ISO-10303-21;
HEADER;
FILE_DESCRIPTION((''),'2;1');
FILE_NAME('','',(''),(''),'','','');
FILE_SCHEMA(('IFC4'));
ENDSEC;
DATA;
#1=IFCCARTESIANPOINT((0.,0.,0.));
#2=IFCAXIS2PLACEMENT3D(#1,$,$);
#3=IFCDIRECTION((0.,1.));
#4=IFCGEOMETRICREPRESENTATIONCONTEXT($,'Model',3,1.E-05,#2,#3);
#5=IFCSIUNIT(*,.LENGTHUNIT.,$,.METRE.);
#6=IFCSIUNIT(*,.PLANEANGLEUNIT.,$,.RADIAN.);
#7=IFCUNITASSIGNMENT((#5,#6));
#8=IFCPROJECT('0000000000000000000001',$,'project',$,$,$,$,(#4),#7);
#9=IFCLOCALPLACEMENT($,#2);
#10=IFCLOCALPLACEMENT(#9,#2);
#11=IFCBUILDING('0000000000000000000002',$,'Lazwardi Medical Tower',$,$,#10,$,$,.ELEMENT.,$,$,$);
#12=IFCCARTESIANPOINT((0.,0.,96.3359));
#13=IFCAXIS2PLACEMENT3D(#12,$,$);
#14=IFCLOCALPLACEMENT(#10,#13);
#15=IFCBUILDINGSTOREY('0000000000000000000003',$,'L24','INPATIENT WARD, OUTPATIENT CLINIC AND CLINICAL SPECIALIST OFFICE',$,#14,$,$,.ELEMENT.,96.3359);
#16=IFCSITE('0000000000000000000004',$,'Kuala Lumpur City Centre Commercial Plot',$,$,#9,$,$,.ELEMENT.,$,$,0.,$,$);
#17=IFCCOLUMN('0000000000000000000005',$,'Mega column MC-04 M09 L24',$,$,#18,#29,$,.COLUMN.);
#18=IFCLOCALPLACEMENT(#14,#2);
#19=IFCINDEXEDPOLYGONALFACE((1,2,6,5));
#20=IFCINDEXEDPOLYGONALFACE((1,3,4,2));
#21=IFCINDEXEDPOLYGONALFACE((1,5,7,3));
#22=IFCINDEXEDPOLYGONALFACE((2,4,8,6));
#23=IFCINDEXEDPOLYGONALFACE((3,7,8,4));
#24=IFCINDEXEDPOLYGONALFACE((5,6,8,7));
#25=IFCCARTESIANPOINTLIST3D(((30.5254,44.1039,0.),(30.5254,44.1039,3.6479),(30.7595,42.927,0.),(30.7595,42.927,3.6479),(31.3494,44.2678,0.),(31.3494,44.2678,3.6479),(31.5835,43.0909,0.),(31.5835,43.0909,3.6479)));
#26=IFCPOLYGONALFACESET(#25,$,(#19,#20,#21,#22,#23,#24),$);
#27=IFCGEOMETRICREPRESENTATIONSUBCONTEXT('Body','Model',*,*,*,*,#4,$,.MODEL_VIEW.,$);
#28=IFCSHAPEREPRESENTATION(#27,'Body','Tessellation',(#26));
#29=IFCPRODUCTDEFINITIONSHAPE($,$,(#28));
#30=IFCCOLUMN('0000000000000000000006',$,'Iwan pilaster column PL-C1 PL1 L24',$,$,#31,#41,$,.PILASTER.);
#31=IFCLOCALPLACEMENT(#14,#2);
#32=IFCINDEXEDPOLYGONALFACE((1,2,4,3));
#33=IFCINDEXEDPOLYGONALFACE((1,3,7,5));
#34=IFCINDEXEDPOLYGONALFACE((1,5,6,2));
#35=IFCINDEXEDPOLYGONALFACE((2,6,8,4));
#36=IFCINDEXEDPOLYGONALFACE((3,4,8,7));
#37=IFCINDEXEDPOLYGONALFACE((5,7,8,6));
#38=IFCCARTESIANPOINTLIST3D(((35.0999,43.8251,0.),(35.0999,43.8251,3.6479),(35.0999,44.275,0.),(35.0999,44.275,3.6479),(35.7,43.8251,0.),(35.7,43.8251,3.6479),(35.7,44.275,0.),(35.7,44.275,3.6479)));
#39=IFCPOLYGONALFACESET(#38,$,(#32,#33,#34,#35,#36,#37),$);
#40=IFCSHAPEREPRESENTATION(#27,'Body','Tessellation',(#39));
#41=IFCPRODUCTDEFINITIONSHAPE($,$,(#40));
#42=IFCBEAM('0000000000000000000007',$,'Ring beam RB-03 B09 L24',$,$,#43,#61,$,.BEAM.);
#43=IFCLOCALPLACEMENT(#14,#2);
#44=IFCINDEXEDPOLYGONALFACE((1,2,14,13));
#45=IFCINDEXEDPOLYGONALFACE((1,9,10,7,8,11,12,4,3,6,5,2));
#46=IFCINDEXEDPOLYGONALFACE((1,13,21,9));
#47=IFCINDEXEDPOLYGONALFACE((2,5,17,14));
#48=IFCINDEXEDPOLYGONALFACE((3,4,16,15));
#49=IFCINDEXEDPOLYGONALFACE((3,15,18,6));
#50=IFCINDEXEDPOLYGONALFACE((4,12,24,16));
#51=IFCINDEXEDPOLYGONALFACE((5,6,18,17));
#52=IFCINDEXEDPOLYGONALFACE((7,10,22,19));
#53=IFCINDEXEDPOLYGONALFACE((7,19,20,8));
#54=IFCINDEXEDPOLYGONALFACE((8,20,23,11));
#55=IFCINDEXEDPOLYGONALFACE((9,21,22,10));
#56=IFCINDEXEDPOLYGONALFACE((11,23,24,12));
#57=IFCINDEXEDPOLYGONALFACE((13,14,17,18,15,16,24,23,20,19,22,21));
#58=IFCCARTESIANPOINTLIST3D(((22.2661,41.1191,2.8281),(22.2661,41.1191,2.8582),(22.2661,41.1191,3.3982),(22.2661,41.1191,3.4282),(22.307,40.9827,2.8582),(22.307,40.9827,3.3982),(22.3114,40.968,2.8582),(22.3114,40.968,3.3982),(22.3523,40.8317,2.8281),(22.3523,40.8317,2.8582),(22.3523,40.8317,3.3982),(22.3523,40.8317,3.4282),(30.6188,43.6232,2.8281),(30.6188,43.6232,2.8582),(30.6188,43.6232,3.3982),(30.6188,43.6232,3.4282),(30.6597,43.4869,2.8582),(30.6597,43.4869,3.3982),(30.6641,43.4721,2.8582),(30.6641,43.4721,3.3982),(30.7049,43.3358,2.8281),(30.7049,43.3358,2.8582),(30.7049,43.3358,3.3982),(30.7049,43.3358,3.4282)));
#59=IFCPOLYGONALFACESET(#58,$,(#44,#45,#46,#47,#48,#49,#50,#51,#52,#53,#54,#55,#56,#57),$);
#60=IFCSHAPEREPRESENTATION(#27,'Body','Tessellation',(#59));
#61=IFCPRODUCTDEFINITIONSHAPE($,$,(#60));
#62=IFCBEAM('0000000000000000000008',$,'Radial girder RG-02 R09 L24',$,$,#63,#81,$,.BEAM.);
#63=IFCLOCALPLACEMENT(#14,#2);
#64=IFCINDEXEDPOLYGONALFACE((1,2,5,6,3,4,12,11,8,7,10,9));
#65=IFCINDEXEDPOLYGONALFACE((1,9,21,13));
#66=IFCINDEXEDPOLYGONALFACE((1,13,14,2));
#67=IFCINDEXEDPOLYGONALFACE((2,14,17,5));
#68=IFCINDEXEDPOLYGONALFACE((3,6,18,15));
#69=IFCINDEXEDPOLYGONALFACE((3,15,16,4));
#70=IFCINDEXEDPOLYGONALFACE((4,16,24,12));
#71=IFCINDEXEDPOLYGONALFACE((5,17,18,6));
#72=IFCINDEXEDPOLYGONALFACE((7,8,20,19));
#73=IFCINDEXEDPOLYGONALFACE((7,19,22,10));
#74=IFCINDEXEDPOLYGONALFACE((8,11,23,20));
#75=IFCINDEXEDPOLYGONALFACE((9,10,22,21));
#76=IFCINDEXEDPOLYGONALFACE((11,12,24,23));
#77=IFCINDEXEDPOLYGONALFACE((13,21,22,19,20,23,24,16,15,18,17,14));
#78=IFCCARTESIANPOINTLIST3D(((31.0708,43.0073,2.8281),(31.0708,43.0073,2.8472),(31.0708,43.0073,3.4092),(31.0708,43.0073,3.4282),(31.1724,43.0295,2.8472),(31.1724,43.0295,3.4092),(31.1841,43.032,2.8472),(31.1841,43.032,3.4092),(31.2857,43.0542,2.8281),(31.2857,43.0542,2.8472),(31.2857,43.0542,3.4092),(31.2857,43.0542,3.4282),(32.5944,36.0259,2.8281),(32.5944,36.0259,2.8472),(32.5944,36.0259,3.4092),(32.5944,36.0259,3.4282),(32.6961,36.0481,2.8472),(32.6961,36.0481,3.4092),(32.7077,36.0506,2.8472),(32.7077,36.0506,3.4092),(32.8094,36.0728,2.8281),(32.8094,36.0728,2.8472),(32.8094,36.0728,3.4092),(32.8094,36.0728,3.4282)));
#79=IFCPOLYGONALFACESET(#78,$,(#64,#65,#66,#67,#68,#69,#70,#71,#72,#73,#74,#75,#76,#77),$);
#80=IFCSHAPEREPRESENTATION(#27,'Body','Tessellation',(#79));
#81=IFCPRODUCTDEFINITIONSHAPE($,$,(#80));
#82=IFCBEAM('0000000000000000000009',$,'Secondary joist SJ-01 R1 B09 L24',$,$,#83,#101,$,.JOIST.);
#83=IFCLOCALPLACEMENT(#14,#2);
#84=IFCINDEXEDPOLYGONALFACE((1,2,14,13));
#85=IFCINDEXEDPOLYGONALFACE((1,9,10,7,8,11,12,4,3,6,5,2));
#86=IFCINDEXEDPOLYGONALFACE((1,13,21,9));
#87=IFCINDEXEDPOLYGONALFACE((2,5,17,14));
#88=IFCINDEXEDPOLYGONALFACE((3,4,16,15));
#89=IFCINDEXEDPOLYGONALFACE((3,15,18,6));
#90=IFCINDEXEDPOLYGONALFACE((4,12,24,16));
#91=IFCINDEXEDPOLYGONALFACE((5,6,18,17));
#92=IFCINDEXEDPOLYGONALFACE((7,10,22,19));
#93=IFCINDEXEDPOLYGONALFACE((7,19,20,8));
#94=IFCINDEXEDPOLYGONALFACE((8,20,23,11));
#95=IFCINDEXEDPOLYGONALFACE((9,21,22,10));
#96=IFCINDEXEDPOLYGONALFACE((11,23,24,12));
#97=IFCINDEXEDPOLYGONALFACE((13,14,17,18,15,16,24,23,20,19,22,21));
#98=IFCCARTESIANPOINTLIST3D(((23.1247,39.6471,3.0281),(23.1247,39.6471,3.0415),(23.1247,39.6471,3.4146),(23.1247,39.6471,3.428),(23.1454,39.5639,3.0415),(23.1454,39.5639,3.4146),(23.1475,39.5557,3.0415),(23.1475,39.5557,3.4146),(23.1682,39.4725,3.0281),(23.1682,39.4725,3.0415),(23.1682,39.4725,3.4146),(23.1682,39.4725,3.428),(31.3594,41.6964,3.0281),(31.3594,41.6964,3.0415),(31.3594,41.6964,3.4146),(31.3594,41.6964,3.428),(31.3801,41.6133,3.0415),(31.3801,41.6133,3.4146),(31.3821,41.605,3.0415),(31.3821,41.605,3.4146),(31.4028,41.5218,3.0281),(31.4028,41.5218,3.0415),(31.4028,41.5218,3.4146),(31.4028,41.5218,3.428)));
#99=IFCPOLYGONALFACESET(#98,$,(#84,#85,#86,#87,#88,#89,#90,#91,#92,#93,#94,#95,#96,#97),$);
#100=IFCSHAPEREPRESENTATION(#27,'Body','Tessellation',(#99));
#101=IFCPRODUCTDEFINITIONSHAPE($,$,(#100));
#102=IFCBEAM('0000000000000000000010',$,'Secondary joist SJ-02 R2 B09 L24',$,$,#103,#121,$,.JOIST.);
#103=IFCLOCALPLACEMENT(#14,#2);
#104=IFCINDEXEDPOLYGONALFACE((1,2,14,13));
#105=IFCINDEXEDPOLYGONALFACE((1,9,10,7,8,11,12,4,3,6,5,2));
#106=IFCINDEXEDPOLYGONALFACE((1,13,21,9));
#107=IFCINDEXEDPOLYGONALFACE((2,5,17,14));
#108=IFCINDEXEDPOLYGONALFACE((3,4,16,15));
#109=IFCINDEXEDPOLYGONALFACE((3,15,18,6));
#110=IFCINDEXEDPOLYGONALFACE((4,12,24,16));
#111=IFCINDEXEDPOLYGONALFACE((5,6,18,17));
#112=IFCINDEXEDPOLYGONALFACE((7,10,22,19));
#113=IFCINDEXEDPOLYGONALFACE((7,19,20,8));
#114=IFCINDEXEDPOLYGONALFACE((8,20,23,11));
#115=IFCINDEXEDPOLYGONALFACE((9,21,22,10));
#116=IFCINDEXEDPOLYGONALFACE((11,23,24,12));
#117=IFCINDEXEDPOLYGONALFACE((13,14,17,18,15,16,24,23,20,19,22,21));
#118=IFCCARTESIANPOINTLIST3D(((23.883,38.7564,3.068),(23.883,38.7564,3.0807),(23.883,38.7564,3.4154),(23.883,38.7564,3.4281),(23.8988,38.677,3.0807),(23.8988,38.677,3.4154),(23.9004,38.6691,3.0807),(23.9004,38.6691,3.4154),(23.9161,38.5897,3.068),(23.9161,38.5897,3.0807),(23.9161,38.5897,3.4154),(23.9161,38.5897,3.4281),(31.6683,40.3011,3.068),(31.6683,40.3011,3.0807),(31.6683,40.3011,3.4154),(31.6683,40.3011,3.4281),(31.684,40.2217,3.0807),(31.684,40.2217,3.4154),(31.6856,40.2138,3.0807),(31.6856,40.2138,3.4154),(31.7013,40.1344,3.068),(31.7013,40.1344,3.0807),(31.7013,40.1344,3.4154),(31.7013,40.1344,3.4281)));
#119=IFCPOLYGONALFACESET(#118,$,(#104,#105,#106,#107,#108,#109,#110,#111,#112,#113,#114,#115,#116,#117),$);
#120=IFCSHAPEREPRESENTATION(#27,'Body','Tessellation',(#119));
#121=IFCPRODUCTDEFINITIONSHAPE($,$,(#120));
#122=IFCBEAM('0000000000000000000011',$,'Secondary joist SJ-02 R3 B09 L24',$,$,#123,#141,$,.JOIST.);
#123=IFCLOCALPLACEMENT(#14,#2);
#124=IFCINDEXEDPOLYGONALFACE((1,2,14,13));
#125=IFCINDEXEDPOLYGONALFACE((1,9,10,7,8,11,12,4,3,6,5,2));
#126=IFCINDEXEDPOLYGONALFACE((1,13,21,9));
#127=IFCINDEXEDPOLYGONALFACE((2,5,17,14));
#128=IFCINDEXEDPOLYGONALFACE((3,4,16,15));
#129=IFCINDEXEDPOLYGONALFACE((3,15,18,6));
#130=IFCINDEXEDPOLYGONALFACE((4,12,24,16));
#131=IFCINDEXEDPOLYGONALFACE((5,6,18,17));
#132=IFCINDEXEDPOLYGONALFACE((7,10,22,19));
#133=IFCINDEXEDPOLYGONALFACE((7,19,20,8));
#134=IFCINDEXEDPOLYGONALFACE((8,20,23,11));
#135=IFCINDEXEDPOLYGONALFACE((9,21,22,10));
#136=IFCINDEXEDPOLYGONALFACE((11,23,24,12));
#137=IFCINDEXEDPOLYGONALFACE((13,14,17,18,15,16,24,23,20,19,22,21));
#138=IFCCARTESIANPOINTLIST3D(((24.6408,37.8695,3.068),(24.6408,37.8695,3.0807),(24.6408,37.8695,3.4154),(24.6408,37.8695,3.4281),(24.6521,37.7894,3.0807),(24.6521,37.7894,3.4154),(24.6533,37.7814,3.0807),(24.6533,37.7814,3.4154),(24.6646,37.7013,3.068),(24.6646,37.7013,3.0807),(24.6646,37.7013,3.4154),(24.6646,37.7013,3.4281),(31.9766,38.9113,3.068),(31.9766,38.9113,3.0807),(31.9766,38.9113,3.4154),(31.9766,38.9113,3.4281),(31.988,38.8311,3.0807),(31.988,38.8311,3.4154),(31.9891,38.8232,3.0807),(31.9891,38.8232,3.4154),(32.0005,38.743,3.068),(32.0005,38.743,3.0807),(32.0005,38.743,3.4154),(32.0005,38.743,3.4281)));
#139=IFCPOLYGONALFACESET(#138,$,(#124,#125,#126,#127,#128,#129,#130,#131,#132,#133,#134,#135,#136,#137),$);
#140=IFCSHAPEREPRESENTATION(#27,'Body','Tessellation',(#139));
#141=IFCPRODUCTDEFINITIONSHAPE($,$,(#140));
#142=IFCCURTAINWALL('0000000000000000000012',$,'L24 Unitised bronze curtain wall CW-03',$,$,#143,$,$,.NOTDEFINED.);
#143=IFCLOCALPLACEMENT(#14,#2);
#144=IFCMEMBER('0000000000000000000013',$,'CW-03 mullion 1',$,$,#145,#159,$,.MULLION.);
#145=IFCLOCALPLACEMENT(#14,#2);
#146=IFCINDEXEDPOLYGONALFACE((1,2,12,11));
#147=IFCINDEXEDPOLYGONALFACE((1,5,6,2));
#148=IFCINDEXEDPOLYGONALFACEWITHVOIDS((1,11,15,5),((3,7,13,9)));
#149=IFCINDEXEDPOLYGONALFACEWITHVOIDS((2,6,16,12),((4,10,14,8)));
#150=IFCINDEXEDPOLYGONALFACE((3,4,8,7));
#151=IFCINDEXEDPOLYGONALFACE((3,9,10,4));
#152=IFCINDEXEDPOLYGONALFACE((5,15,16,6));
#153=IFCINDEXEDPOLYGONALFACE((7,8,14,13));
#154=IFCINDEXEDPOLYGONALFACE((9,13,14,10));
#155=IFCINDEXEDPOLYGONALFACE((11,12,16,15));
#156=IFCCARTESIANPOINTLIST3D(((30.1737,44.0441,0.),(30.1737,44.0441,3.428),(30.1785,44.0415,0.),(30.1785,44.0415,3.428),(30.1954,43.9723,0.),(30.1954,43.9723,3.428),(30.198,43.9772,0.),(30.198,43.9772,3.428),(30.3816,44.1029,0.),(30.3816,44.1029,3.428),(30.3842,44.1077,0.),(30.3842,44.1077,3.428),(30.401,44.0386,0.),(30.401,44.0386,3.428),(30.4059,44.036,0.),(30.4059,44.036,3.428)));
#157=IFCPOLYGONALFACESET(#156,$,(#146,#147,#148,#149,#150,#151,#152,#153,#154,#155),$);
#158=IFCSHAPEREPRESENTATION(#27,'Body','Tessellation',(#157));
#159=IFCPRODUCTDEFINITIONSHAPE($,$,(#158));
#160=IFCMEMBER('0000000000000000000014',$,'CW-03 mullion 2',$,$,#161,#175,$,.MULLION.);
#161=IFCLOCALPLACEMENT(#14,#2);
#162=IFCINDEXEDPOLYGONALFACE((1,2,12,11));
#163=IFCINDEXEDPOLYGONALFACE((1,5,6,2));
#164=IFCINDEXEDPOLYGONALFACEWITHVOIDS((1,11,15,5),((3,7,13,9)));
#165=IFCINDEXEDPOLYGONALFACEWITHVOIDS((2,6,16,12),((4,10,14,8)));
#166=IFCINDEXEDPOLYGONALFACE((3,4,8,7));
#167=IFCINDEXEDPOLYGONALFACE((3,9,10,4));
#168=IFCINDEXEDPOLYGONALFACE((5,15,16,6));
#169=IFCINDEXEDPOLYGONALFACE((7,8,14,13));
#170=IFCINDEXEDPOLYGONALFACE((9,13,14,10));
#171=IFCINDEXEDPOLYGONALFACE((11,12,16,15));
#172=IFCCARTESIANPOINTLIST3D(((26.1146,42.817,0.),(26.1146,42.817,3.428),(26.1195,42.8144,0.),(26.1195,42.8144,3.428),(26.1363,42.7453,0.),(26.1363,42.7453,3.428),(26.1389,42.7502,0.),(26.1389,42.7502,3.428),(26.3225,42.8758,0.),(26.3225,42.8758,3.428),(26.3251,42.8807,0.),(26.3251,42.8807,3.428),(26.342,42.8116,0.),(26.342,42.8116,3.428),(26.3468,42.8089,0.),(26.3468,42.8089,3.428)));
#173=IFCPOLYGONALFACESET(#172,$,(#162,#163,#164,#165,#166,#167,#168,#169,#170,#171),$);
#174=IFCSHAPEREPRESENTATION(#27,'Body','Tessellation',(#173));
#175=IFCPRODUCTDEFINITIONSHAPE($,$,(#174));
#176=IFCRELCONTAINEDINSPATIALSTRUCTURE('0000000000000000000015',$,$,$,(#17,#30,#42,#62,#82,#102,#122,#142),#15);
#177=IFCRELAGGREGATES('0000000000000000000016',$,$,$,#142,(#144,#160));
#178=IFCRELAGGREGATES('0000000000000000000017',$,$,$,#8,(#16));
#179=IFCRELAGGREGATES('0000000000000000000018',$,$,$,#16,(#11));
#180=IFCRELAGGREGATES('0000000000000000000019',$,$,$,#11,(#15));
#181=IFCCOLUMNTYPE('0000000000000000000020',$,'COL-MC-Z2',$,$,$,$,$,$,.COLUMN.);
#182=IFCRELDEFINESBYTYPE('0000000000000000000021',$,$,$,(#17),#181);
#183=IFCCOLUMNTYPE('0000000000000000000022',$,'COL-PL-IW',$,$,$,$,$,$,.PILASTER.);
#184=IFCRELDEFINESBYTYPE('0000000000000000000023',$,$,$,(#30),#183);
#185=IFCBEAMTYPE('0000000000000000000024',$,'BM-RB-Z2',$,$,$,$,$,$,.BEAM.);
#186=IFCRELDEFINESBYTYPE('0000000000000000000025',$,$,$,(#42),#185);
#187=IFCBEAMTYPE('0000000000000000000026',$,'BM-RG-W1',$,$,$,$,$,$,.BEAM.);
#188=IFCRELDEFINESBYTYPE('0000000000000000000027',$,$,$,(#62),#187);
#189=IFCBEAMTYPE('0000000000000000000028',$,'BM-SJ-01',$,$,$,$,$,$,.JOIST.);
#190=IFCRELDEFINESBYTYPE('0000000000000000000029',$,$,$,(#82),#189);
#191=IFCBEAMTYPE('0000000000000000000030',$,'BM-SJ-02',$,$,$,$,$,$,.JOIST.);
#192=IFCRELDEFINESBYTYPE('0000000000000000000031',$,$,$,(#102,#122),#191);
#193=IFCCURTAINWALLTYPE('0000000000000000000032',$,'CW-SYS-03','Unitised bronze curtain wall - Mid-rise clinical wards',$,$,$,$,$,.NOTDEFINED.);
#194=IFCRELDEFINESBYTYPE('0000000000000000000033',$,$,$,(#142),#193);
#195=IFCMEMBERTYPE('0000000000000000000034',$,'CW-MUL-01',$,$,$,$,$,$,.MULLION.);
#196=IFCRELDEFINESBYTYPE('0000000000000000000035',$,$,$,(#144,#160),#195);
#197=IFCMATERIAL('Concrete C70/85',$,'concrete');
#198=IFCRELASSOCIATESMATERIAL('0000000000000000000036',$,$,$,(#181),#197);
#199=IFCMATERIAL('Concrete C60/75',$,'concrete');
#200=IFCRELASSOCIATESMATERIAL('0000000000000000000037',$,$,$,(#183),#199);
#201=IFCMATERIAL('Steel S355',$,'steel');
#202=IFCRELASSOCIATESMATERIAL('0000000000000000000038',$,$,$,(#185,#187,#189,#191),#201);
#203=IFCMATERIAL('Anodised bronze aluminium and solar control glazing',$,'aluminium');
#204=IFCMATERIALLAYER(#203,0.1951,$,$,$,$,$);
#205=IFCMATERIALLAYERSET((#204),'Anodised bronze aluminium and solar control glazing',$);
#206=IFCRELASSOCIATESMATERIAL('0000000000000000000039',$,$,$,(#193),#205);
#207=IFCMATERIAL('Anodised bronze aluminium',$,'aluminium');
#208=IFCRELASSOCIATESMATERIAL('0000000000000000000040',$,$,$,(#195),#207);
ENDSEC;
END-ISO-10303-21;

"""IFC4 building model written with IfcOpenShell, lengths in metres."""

from ifc_helpers import new_model, si_unit, direction, frame, origin, origin_2d, place, context, subcontext, project, spatial, rectangle, hollow_rectangle, i_section, extrude, material, layer, layer_set, material_profile, profile_set, type_object, element, aggregate, save


model = new_model("IFC4")

# Units and contexts
model_context = context("Model", 3, precision=1e-05, world=origin(), true_north=direction((0.0, 1.0)))
body_context = subcontext(model_context, "Body", "Model", "MODEL_VIEW")
ifc_project = project(units=[si_unit("LENGTHUNIT", "METRE"), si_unit("PLANEANGLEUNIT", "RADIAN")], contexts=[model_context])

# Site, building, storey
site_placement = place(None, origin())
site = spatial("IfcSite", under=ifc_project, at=site_placement, Name="Kuala Lumpur City Centre Commercial Plot", CompositionType="ELEMENT", RefElevation=0.0)
building_placement = place(site_placement, origin())
building = spatial("IfcBuilding", under=site, at=building_placement, Name="Lazwardi Medical Tower", CompositionType="ELEMENT")
storey_placement = place(building_placement, frame((0.0, 0.0, 96.3359)))
storey = spatial("IfcBuildingStorey", under=building, at=storey_placement, Name="L24", Description="INPATIENT WARD, OUTPATIENT CLINIC AND CLINICAL SPECIALIST OFFICE", CompositionType="ELEMENT", Elevation=96.3359)

# Columns
ifc_material_1 = material(Name="Concrete C70/85", Category="concrete")
ifc_material_profile_1 = material_profile(ifc_material_1, rectangle(XDim=1.2, YDim=0.8401, at=origin_2d()), Name="CFT-RECT 1200x840")
ifc_profile_set_1 = profile_set([ifc_material_profile_1], Name="Concrete C70/85")
column_type_1 = type_object("IfcColumnType", Name="COL-MC-Z2", PredefinedType="COLUMN", material=ifc_profile_set_1)
column_1_placement = place(storey_placement, frame((31.0544, 43.5974, 0.0), z_axis=(0.0, 0.0, 1.0), x_axis=(-0.19509, 0.980785, 0.0)))
element("IfcColumn", 1, at=column_1_placement, inside=storey, type_object=column_type_1, Name="Mega column MC-04 M09 L24", PredefinedType="COLUMN", context=body_context, shape_type="SweptSolid", body=[
    extrude(rectangle(XDim=1.2, YDim=0.8401, at=origin_2d()), origin(), (0.0, 0.0, 1.0), 3.6479),
])
ifc_material_2 = material(Name="Concrete C60/75", Category="concrete")
ifc_material_profile_2 = material_profile(ifc_material_2, rectangle(XDim=0.6001, YDim=0.45, at=origin_2d()), Name="RC 600x450")
ifc_profile_set_2 = profile_set([ifc_material_profile_2], Name="Concrete C60/75")
column_type_2 = type_object("IfcColumnType", Name="COL-PL-IW", PredefinedType="PILASTER", material=ifc_profile_set_2)
column_2_placement = place(storey_placement, frame((35.3999, 44.05, 0.0), z_axis=(0.0, 0.0, 1.0), x_axis=(1.0, 0.0, 0.0)))
element("IfcColumn", 2, at=column_2_placement, inside=storey, type_object=column_type_2, Name="Iwan pilaster column PL-C1 PL1 L24", PredefinedType="PILASTER", context=body_context, shape_type="SweptSolid", body=[
    extrude(rectangle(XDim=0.6001, YDim=0.45, at=origin_2d()), origin(), (0.0, 0.0, 1.0), 3.6479),
])

# Beams
ifc_material_3 = material(Name="Steel S355", Category="steel")
ifc_material_profile_3 = material_profile(ifc_material_3, i_section(OverallWidth=0.3, OverallDepth=0.6001, WebThickness=0.0154, FlangeThickness=0.03, at=origin_2d()), Name="HEB 600")
ifc_profile_set_3 = profile_set([ifc_material_profile_3], Name="Steel S355")
beam_type_1 = type_object("IfcBeamType", Name="BM-RB-Z2", PredefinedType="BEAM", material=ifc_profile_set_3)
beam_1_placement = place(storey_placement, frame((30.6619, 43.4795, 3.1282), z_axis=(-0.957879, -0.287171, 0.0), x_axis=(0.287171, -0.957879, 0.0)))
element("IfcBeam", 3, at=beam_1_placement, inside=storey, type_object=beam_type_1, Name="Ring beam RB-03 B09 L24", PredefinedType="BEAM", context=body_context, shape_type="SweptSolid", body=[
    extrude(i_section(OverallWidth=0.3, OverallDepth=0.6001, WebThickness=0.0154, FlangeThickness=0.03, at=origin_2d()), origin(), (0.0, 0.0, 1.0), 8.72),
])
ifc_material_profile_4 = material_profile(ifc_material_3, i_section(OverallWidth=0.22, OverallDepth=0.6001, WebThickness=0.012, FlangeThickness=0.019, at=origin_2d()), Name="IPE 600")
ifc_profile_set_4 = profile_set([ifc_material_profile_4], Name="Steel S355")
beam_type_2 = type_object("IfcBeamType", Name="BM-RG-W1", PredefinedType="BEAM", material=ifc_profile_set_4)
beam_2_placement = place(storey_placement, frame((31.1782, 43.0308, 3.1282), z_axis=(0.213228, -0.977002, 0.0), x_axis=(0.977002, 0.213228, 0.0)))
element("IfcBeam", 4, at=beam_2_placement, inside=storey, type_object=beam_type_2, Name="Radial girder RG-02 R09 L24", PredefinedType="BEAM", context=body_context, shape_type="SweptSolid", body=[
    extrude(i_section(OverallWidth=0.22, OverallDepth=0.6001, WebThickness=0.012, FlangeThickness=0.019, at=origin_2d()), origin(), (0.0, 0.0, 1.0), 7.1458),
])
ifc_material_profile_5 = material_profile(ifc_material_3, i_section(OverallWidth=0.1799, OverallDepth=0.3999, WebThickness=0.0085, FlangeThickness=0.0134, at=origin_2d()), Name="IPE 400")
ifc_profile_set_5 = profile_set([ifc_material_profile_5], Name="Steel S355")
beam_type_3 = type_object("IfcBeamType", Name="BM-SJ-01", PredefinedType="JOIST", material=ifc_profile_set_5)
beam_3_placement = place(storey_placement, frame((31.3811, 41.6091, 3.228), z_axis=(-0.970401, -0.2415, 0.0), x_axis=(0.2415, -0.970401, 0.0)))
element("IfcBeam", 5, at=beam_3_placement, inside=storey, type_object=beam_type_3, Name="Secondary joist SJ-01 R1 B09 L24", PredefinedType="JOIST", context=body_context, shape_type="SweptSolid", body=[
    extrude(i_section(OverallWidth=0.1799, OverallDepth=0.3999, WebThickness=0.0085, FlangeThickness=0.0134, at=origin_2d()), origin(), (0.0, 0.0, 1.0), 8.4858),
])
ifc_material_profile_6 = material_profile(ifc_material_3, i_section(OverallWidth=0.1699, OverallDepth=0.3601, WebThickness=0.0081, FlangeThickness=0.0127, at=origin_2d()), Name="IPE 360")
ifc_profile_set_6 = profile_set([ifc_material_profile_6], Name="Steel S355")
beam_type_4 = type_object("IfcBeamType", Name="BM-SJ-02", PredefinedType="JOIST", material=ifc_profile_set_6)
beam_4_placement = place(storey_placement, frame((31.6848, 40.2178, 3.248), z_axis=(-0.980879, -0.194619, 0.0), x_axis=(0.194619, -0.980879, 0.0)))
element("IfcBeam", 6, at=beam_4_placement, inside=storey, type_object=beam_type_4, Name="Secondary joist SJ-02 R2 B09 L24", PredefinedType="JOIST", context=body_context, shape_type="SweptSolid", body=[
    extrude(i_section(OverallWidth=0.1699, OverallDepth=0.3601, WebThickness=0.0081, FlangeThickness=0.0127, at=origin_2d()), origin(), (0.0, 0.0, 1.0), 7.937),
])
beam_5_placement = place(storey_placement, frame((31.9885, 38.8271, 3.248), z_axis=(-0.990067, -0.140596, 0.0), x_axis=(0.140596, -0.990067, 0.0)))
element("IfcBeam", 7, at=beam_5_placement, inside=storey, type_object=beam_type_4, Name="Secondary joist SJ-02 R3 B09 L24", PredefinedType="JOIST", context=body_context, shape_type="SweptSolid", body=[
    extrude(i_section(OverallWidth=0.1699, OverallDepth=0.3601, WebThickness=0.0081, FlangeThickness=0.0127, at=origin_2d()), origin(), (0.0, 0.0, 1.0), 7.4094),
])

# Curtain wall, members
ifc_material_4 = material(Name="Anodised bronze aluminium and solar control glazing", Category="aluminium")
ifc_layer_1 = layer(ifc_material_4, 0.1951)
ifc_layer_set_1 = layer_set([ifc_layer_1], Name="Anodised bronze aluminium and solar control glazing")
curtain_wall_type_1 = type_object("IfcCurtainWallType", Name="CW-SYS-03", Description="Unitised bronze curtain wall - Mid-rise clinical wards", PredefinedType="NOTDEFINED", material=ifc_layer_set_1)
curtain_wall_1_placement = place(storey_placement, origin())
curtain_wall_1 = element("IfcCurtainWall", 8, at=curtain_wall_1_placement, inside=storey, type_object=curtain_wall_type_1, Name="L24 Unitised bronze curtain wall CW-03", PredefinedType="NOTDEFINED")
ifc_material_5 = material(Name="Anodised bronze aluminium", Category="aluminium")
ifc_material_profile_7 = material_profile(ifc_material_5, hollow_rectangle(XDim=0.075, YDim=0.22, WallThickness=0.0039, at=origin_2d()), Name="ALU-MULLION 220x75x4")
ifc_profile_set_7 = profile_set([ifc_material_profile_7], Name="Anodised bronze aluminium")
member_type_1 = type_object("IfcMemberType", Name="CW-MUL-01", PredefinedType="MULLION", material=ifc_profile_set_7)
member_1_placement = place(storey_placement, frame((30.2898, 44.04, 0.0), z_axis=(0.0, 0.0, 1.0), x_axis=(0.289374, -0.957216, 0.0)))
member_1 = element("IfcMember", 9, at=member_1_placement, type_object=member_type_1, Name="CW-03 mullion 1", PredefinedType="MULLION", context=body_context, shape_type="SweptSolid", body=[
    extrude(hollow_rectangle(XDim=0.075, YDim=0.22, WallThickness=0.0039, at=origin_2d()), origin(), (0.0, 0.0, 1.0), 3.428),
])
member_2_placement = place(storey_placement, frame((26.2307, 42.813, 0.0), z_axis=(0.0, 0.0, 1.0), x_axis=(0.289374, -0.957216, 0.0)))
member_2 = element("IfcMember", 10, at=member_2_placement, type_object=member_type_1, Name="CW-03 mullion 2", PredefinedType="MULLION", context=body_context, shape_type="SweptSolid", body=[
    extrude(hollow_rectangle(XDim=0.075, YDim=0.22, WallThickness=0.0039, at=origin_2d()), origin(), (0.0, 0.0, 1.0), 3.428),
])

aggregate(curtain_wall_1, [member_1, member_2])

save(model, "model.ifc")
